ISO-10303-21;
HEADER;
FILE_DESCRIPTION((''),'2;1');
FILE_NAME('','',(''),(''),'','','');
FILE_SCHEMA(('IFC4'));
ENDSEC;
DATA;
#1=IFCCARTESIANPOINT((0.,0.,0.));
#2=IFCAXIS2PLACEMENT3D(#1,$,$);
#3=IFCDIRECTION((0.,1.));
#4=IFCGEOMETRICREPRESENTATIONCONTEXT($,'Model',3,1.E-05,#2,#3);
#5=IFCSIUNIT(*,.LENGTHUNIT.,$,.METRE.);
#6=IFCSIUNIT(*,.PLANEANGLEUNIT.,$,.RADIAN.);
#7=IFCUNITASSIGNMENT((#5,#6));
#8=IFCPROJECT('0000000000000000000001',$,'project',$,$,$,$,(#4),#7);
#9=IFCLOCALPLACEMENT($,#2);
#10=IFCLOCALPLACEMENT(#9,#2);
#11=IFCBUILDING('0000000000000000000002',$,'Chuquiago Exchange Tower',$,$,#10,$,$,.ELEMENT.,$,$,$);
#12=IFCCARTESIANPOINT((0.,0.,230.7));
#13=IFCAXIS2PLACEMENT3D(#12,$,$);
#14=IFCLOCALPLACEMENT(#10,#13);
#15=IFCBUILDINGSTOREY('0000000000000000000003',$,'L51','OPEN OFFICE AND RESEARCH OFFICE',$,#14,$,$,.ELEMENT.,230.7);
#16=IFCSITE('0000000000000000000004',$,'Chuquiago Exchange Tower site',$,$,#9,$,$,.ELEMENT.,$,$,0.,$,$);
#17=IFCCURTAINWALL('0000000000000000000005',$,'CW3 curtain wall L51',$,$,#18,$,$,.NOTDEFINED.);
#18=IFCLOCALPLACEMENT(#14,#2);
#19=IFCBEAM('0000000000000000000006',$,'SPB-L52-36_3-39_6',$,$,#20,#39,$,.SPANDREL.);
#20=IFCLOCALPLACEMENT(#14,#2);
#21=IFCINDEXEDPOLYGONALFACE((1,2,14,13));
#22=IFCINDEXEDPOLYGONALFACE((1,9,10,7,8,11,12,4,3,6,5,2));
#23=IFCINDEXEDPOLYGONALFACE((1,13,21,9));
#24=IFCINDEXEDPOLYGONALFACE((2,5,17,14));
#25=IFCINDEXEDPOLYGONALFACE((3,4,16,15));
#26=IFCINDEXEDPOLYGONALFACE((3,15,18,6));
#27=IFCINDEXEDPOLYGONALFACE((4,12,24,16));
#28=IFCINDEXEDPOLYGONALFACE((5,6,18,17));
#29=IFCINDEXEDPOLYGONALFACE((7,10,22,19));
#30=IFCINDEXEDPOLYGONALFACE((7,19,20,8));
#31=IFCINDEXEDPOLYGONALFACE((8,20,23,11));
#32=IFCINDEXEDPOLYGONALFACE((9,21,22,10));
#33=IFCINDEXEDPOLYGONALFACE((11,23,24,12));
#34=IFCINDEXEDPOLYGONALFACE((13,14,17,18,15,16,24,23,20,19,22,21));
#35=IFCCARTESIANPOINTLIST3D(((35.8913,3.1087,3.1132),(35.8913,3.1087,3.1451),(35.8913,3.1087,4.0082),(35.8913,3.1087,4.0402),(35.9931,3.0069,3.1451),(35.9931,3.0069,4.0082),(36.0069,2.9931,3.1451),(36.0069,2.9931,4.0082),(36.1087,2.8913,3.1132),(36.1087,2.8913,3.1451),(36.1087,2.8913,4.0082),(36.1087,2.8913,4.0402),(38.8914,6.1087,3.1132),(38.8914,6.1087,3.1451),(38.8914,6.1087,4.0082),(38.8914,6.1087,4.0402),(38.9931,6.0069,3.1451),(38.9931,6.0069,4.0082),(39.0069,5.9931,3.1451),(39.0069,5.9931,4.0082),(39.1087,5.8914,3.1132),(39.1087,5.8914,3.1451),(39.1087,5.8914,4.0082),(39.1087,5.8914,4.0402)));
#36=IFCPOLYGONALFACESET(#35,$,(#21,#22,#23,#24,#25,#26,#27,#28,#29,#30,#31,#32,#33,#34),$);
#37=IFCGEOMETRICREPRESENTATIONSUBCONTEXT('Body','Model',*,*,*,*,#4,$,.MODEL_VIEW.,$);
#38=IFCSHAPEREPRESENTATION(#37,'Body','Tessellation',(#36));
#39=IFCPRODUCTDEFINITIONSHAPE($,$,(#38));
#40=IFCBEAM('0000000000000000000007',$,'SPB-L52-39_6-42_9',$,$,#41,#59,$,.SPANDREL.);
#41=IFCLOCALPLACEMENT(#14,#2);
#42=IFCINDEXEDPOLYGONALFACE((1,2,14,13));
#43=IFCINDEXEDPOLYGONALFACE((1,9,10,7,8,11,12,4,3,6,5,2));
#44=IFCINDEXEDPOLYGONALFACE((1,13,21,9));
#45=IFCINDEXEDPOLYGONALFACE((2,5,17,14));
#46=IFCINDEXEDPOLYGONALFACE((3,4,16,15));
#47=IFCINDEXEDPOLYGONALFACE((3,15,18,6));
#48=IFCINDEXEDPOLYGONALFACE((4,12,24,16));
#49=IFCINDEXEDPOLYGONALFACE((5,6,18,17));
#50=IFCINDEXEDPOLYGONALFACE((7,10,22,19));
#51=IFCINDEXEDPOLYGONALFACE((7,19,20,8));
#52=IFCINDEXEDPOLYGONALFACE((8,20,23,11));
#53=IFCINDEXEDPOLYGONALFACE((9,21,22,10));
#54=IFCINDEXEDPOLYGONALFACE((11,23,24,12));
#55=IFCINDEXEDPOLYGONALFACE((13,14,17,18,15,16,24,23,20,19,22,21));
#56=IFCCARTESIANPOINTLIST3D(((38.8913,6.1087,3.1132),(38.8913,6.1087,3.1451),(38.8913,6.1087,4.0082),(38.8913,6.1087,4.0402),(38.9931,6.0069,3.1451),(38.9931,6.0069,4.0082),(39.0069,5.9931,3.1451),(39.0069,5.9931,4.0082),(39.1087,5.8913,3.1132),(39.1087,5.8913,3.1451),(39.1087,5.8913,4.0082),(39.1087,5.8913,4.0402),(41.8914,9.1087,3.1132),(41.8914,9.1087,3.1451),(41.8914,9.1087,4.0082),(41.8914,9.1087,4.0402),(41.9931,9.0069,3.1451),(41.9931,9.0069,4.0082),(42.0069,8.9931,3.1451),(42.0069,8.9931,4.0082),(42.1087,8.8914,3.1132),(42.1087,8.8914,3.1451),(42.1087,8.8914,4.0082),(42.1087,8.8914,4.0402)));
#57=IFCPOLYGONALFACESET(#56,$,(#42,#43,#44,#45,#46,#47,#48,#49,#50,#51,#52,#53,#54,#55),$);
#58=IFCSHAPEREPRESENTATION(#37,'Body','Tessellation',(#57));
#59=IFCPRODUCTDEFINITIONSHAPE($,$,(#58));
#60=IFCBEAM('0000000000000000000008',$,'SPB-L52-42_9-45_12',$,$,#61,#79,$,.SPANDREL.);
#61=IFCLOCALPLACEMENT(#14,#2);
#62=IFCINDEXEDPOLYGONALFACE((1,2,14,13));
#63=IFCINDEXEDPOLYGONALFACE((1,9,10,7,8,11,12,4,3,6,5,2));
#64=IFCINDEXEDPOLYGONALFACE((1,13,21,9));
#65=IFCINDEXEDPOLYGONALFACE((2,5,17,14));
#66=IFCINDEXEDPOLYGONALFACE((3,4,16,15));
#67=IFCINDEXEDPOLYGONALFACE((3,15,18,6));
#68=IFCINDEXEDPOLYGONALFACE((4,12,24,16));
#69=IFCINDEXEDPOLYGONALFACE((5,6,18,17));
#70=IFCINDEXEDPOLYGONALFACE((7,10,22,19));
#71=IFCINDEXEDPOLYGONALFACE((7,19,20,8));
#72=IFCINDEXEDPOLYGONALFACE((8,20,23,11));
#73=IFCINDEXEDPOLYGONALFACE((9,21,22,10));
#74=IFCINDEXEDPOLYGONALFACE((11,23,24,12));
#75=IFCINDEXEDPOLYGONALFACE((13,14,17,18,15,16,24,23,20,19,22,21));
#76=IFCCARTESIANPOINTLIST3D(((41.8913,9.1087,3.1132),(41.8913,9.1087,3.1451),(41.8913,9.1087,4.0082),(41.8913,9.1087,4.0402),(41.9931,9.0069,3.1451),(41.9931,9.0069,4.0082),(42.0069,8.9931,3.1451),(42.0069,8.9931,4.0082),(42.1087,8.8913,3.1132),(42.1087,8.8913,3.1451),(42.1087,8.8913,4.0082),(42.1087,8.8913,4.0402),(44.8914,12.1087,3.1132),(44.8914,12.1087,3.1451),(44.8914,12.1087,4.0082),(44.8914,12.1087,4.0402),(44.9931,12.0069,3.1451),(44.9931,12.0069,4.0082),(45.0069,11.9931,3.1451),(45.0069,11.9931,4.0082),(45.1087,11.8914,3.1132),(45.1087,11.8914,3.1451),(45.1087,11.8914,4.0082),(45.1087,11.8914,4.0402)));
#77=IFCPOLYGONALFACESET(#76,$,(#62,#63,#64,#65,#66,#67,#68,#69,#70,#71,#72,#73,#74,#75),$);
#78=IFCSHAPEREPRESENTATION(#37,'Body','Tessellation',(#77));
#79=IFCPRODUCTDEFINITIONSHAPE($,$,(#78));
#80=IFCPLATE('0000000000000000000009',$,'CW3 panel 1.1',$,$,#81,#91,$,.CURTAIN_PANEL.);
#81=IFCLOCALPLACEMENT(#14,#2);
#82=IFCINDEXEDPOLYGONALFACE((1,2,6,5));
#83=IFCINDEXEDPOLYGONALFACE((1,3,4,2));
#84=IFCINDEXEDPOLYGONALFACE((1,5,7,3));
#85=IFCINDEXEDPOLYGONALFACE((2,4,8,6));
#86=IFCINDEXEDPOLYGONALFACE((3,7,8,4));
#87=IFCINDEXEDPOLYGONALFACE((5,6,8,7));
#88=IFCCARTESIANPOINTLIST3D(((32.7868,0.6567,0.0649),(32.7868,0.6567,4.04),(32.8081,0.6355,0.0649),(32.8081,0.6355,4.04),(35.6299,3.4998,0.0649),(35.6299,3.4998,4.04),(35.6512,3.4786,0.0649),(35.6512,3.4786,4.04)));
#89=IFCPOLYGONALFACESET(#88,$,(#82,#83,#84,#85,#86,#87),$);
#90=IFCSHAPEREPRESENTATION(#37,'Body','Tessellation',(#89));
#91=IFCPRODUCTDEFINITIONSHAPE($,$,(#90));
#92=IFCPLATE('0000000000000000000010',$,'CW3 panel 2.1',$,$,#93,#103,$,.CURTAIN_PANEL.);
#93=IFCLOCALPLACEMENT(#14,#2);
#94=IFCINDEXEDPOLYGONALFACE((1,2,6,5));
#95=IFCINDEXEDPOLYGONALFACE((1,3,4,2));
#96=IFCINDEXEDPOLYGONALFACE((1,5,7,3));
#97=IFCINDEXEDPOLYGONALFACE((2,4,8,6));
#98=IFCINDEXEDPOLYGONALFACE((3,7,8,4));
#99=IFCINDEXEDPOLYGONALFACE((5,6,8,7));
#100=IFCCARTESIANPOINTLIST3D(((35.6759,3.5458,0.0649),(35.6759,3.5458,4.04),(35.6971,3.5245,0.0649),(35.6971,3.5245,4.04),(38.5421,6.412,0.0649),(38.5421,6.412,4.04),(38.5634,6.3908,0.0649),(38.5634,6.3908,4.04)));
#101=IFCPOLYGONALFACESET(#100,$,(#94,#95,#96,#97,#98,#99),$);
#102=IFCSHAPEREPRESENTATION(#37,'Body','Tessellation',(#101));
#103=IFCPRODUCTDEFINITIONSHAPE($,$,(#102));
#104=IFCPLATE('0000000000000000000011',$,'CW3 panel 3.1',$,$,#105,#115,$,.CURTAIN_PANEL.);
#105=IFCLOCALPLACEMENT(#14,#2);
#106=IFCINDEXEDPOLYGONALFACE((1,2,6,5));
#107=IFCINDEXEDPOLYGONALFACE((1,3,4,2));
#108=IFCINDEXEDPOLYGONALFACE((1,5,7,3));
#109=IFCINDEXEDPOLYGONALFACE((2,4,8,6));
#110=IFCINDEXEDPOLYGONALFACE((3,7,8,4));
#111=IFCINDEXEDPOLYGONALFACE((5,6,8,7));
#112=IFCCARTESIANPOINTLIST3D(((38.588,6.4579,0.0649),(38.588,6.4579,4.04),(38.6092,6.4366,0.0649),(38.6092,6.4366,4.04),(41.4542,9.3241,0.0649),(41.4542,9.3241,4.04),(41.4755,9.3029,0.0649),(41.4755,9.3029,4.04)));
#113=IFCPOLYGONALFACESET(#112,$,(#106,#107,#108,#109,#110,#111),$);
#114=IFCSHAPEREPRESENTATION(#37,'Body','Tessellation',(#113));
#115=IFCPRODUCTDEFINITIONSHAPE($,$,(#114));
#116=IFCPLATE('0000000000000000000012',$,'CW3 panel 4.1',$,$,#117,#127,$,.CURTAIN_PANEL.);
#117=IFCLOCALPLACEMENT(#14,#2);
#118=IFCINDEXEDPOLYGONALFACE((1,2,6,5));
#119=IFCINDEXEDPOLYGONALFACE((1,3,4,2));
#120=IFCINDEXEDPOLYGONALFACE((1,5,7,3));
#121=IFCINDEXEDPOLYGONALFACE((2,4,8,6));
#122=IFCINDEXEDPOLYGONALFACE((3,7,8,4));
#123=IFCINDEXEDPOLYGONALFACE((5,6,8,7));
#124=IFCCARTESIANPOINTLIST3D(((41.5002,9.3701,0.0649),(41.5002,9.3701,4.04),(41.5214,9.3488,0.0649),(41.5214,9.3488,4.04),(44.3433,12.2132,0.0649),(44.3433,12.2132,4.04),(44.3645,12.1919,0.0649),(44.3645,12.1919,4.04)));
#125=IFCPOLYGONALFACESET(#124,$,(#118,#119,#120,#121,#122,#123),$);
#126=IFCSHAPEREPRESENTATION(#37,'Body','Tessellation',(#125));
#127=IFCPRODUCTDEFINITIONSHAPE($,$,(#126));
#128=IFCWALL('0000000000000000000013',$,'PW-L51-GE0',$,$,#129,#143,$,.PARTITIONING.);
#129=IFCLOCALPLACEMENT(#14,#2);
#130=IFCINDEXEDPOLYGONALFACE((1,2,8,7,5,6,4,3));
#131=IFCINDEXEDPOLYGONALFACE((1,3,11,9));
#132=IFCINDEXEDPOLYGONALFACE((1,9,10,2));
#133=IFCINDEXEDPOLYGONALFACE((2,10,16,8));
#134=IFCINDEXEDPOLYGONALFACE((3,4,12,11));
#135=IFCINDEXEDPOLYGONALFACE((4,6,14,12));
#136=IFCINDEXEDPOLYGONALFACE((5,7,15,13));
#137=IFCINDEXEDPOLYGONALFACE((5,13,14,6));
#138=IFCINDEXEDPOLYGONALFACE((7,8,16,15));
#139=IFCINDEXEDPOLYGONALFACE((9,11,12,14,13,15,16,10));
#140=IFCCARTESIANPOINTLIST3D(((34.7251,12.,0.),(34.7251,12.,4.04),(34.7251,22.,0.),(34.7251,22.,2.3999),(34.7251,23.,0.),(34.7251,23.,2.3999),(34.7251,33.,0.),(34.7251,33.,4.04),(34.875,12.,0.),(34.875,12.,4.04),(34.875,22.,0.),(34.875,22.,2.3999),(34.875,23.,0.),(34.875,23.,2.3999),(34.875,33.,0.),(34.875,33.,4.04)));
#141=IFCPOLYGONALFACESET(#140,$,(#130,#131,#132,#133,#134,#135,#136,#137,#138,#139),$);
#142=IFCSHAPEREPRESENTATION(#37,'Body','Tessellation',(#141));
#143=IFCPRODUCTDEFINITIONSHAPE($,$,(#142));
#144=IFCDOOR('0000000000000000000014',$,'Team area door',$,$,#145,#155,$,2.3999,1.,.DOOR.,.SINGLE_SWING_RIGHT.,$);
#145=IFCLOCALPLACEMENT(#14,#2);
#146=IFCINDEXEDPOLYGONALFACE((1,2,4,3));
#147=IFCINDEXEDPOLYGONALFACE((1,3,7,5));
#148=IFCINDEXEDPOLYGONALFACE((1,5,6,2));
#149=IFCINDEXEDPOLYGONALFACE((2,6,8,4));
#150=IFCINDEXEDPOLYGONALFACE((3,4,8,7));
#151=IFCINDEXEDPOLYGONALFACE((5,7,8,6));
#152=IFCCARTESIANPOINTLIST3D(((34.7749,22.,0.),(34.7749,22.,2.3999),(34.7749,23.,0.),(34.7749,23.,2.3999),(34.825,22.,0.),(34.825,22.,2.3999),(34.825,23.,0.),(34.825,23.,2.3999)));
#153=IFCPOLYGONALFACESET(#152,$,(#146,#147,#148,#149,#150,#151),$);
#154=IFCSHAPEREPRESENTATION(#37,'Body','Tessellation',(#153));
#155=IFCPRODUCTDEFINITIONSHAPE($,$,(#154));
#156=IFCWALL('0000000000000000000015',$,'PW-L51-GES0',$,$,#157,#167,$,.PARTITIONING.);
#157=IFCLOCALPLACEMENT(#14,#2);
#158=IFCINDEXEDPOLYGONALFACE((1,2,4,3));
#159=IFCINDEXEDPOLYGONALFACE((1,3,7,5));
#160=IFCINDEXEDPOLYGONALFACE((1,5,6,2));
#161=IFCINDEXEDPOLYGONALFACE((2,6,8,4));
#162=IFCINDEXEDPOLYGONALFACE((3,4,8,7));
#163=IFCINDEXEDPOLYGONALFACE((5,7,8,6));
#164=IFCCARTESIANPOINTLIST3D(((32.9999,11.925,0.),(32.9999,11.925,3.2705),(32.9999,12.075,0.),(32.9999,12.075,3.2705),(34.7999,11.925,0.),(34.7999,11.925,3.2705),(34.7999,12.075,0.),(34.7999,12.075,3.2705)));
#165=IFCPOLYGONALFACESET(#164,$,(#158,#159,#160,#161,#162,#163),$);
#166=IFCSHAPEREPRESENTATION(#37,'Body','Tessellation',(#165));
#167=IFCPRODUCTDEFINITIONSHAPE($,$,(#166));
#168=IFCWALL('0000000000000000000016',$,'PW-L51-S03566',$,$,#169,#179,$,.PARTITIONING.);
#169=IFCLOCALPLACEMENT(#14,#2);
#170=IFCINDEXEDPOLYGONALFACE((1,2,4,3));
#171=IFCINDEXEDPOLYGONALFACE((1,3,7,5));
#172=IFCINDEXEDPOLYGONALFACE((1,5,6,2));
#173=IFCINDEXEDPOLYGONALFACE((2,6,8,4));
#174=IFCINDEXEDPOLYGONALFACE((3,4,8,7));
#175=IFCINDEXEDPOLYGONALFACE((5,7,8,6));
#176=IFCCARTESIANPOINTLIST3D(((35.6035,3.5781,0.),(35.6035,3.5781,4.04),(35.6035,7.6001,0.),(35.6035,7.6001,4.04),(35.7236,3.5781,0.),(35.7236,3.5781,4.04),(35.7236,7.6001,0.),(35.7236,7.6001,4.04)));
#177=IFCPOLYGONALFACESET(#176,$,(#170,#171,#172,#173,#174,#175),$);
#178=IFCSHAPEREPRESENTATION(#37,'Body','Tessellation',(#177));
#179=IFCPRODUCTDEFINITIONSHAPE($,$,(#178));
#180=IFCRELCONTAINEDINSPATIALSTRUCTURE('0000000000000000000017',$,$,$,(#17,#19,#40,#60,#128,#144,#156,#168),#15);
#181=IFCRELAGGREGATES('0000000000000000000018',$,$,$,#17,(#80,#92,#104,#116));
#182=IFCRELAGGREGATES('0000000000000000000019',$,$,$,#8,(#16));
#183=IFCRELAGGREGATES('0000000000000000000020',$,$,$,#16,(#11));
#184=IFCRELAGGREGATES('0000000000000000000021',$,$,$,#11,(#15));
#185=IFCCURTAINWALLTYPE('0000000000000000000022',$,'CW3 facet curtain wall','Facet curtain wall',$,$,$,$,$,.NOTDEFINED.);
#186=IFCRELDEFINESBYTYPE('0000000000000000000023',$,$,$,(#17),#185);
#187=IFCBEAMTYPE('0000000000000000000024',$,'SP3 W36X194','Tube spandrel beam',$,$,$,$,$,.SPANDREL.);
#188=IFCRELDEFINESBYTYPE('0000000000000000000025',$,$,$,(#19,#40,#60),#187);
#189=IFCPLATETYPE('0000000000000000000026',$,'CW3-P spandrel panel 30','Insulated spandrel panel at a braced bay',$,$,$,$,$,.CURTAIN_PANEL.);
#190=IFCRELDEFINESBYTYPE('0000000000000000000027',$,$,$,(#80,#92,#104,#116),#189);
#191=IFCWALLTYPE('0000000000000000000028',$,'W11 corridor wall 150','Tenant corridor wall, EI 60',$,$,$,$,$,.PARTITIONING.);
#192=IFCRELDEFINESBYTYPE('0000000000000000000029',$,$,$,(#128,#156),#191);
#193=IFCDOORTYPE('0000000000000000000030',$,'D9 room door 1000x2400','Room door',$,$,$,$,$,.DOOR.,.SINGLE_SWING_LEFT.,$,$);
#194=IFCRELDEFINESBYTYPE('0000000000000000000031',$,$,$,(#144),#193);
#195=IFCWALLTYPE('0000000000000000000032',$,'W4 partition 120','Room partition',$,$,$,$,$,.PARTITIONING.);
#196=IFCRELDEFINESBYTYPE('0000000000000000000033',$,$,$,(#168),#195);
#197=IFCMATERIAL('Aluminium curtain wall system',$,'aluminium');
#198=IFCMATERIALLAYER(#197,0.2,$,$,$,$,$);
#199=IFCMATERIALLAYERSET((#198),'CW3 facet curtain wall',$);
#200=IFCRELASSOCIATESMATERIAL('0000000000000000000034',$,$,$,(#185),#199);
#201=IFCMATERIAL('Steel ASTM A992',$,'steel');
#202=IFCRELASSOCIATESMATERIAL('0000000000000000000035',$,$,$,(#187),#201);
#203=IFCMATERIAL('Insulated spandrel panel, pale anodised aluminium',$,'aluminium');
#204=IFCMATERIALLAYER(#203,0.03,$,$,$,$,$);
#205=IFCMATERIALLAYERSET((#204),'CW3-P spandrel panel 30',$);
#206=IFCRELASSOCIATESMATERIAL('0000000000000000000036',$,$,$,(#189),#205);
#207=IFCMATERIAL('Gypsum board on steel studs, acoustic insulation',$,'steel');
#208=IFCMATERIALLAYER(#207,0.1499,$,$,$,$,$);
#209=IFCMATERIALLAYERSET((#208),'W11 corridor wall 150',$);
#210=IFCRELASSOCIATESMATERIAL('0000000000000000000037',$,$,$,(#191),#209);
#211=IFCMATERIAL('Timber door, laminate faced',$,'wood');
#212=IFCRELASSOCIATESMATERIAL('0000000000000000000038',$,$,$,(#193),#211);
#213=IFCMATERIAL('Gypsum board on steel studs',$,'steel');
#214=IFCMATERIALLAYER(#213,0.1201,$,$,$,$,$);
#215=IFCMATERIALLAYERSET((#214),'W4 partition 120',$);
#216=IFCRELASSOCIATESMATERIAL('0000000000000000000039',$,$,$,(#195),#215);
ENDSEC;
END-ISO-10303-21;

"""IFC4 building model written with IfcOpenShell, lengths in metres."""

from ifc_helpers import new_model, si_unit, direction, frame, frame_2d, origin, origin_2d, place, context, subcontext, project, spatial, rectangle, i_section, extrude, material, layer, layer_set, material_profile, profile_set, type_object, element, fill, aggregate, save


model = new_model("IFC4")

# Units and contexts
model_context = context("Model", 3, precision=1e-05, world=origin(), true_north=direction((0.0, 1.0)))
body_context = subcontext(model_context, "Body", "Model", "MODEL_VIEW")
ifc_project = project(units=[si_unit("LENGTHUNIT", "METRE"), si_unit("PLANEANGLEUNIT", "RADIAN")], contexts=[model_context])

# Site, building, storey
site_placement = place(None, origin())
site = spatial("IfcSite", under=ifc_project, at=site_placement, Name="Chuquiago Exchange Tower site", CompositionType="ELEMENT", RefElevation=0.0)
building_placement = place(site_placement, origin())
building = spatial("IfcBuilding", under=site, at=building_placement, Name="Chuquiago Exchange Tower", CompositionType="ELEMENT")
storey_placement = place(building_placement, frame((0.0, 0.0, 230.7)))
storey = spatial("IfcBuildingStorey", under=building, at=storey_placement, Name="L51", Description="OPEN OFFICE AND RESEARCH OFFICE", CompositionType="ELEMENT", Elevation=230.7)

# Curtain wall
ifc_material_1 = material(Name="Aluminium curtain wall system", Category="aluminium")
ifc_layer_1 = layer(ifc_material_1, 0.2)
ifc_layer_set_1 = layer_set([ifc_layer_1], Name="CW3 facet curtain wall")
curtain_wall_type = type_object("IfcCurtainWallType", Name="CW3 facet curtain wall", Description="Facet curtain wall", PredefinedType="NOTDEFINED", material=ifc_layer_set_1)
curtain_wall_placement = place(storey_placement, origin())
curtain_wall = element("IfcCurtainWall", 1, at=curtain_wall_placement, inside=storey, type_object=curtain_wall_type, Name="CW3 curtain wall L51", PredefinedType="NOTDEFINED")

# Beams
ifc_material_2 = material(Name="Steel ASTM A992", Category="steel")
ifc_material_profile_1 = material_profile(ifc_material_2, i_section(OverallWidth=0.3074, OverallDepth=0.927, WebThickness=0.0195, FlangeThickness=0.032, at=origin_2d()), Name="W36X194")
ifc_profile_set_1 = profile_set([ifc_material_profile_1], Name="Steel ASTM A992")
beam_type_1 = type_object("IfcBeamType", Name="SP3 W36X194", Description="Tube spandrel beam", PredefinedType="SPANDREL", material=ifc_profile_set_1)
for number, where, z_axis, x_axis, name in (
    (2, (36.0, 3.0, 3.5767), (0.707107, 0.707107, 0.0), (-0.707107, 0.707107, 0.0), "SPB-L52-36_3-39_6"),
    (3, (39.0, 6.0, 3.5767), (0.707107, 0.707107, 0.0), (-0.707107, 0.707107, 0.0), "SPB-L52-39_6-42_9"),
    (4, (42.0, 9.0, 3.5767), (0.707107, 0.707107, 0.0), (-0.707107, 0.707107, 0.0), "SPB-L52-42_9-45_12"),
):
    element("IfcBeam", number, at=place(storey_placement, frame(where, z_axis=z_axis, x_axis=x_axis)), inside=storey, type_object=beam_type_1, Name=name, PredefinedType="SPANDREL", context=body_context, shape_type="SweptSolid", body=[
        extrude(i_section(OverallWidth=0.3074, OverallDepth=0.927, WebThickness=0.0195, FlangeThickness=0.032, at=origin_2d()), origin(), (0.0, 0.0, 1.0), 4.2427),
    ])

# Plates
ifc_material_3 = material(Name="Insulated spandrel panel, pale anodised aluminium", Category="aluminium")
ifc_layer_2 = layer(ifc_material_3, 0.03)
ifc_layer_set_2 = layer_set([ifc_layer_2], Name="CW3-P spandrel panel 30")
plate_type = type_object("IfcPlateType", Name="CW3-P spandrel panel 30", Description="Insulated spandrel panel at a braced bay", PredefinedType="CURTAIN_PANEL", material=ifc_layer_set_2)
plate_1_placement = place(storey_placement, frame((34.219, 2.0676, 0.0649), z_axis=(0.0, 0.0, 1.0), x_axis=(0.707107, 0.707107, 0.0)))
plate_1 = element("IfcPlate", 5, at=plate_1_placement, type_object=plate_type, Name="CW3 panel 1.1", PredefinedType="CURTAIN_PANEL", context=body_context, shape_type="SweptSolid", body=[
    extrude(rectangle(XDim=4.0208, YDim=0.03, at=origin_2d()), origin(), (0.0, 0.0, 1.0), 3.9751),
])
plate_2_placement = place(storey_placement, frame((37.1196, 4.9683, 0.0649), z_axis=(0.0, 0.0, 1.0), x_axis=(0.707107, 0.707107, 0.0)))
plate_2 = element("IfcPlate", 6, at=plate_2_placement, type_object=plate_type, Name="CW3 panel 2.1", PredefinedType="CURTAIN_PANEL", context=body_context, shape_type="SweptSolid", body=[
    extrude(rectangle(XDim=4.0535, YDim=0.03, at=origin_2d()), origin(), (0.0, 0.0, 1.0), 3.9751),
])
plate_3_placement = place(storey_placement, frame((40.0317, 7.8804, 0.0649), z_axis=(0.0, 0.0, 1.0), x_axis=(0.707107, 0.707107, 0.0)))
plate_3 = element("IfcPlate", 7, at=plate_3_placement, type_object=plate_type, Name="CW3 panel 3.1", PredefinedType="CURTAIN_PANEL", context=body_context, shape_type="SweptSolid", body=[
    extrude(rectangle(XDim=4.0535, YDim=0.03, at=origin_2d()), origin(), (0.0, 0.0, 1.0), 3.9751),
])
plate_4_placement = place(storey_placement, frame((42.9324, 10.781, 0.0649), z_axis=(0.0, 0.0, 1.0), x_axis=(0.707107, 0.707107, 0.0)))
plate_4 = element("IfcPlate", 8, at=plate_4_placement, type_object=plate_type, Name="CW3 panel 4.1", PredefinedType="CURTAIN_PANEL", context=body_context, shape_type="SweptSolid", body=[
    extrude(rectangle(XDim=4.0208, YDim=0.03, at=origin_2d()), origin(), (0.0, 0.0, 1.0), 3.9751),
])
aggregate(curtain_wall, [plate_1, plate_2, plate_3, plate_4])

# Wall, opening, door
ifc_material_4 = material(Name="Gypsum board on steel studs, acoustic insulation", Category="steel")
ifc_layer_3 = layer(ifc_material_4, 0.1499)
ifc_layer_set_3 = layer_set([ifc_layer_3], Name="W11 corridor wall 150")
wall_type_1 = type_object("IfcWallType", Name="W11 corridor wall 150", Description="Tenant corridor wall, EI 60", PredefinedType="PARTITIONING", material=ifc_layer_set_3)
wall_1_placement = place(storey_placement, frame((34.8, 12.0, 0.0), z_axis=(0.0, 0.0, 1.0), x_axis=(0.0, 1.0, 0.0)))
wall_1 = element("IfcWall", 9, at=wall_1_placement, inside=storey, type_object=wall_type_1, Name="PW-L51-GE0", PredefinedType="PARTITIONING", context=body_context, shape_type="SweptSolid", body=[
    extrude(rectangle(XDim=21.0, YDim=0.1499, at=frame_2d((10.5, 0.0))), origin(), (0.0, 0.0, 1.0), 4.04),
])
opening_1_placement = place(wall_1_placement, frame((10.0, 0.0, 0.0)))
opening_1 = element("IfcOpeningElement", 10, at=opening_1_placement, cuts=wall_1, PredefinedType="OPENING", context=body_context, shape_type="SweptSolid", body=[
    extrude(rectangle(XDim=1.0, YDim=2.3999, at=frame_2d((0.5, 1.2))), frame((0.0, 0.085, 0.0), z_axis=(0.0, -1.0, 0.0), x_axis=(1.0, 0.0, 0.0)), (0.0, 0.0, 1.0), 0.1699),
])
ifc_material_5 = material(Name="Timber door, laminate faced", Category="wood")
door_type = type_object("IfcDoorType", Name="D9 room door 1000x2400", Description="Room door", OperationType="SINGLE_SWING_LEFT", PredefinedType="DOOR", material=ifc_material_5)
door_1_placement = place(opening_1_placement, frame((1.0, 0.0, 0.0), z_axis=(0.0, 0.0, 1.0), x_axis=(-1.0, 0.0, 0.0)))
door_1 = element("IfcDoor", 11, at=door_1_placement, inside=storey, type_object=door_type, Name="Team area door", OperationType="SINGLE_SWING_RIGHT", OverallHeight=2.3999, OverallWidth=1.0, PredefinedType="DOOR", context=body_context, shape_type="SweptSolid", body=[
    extrude(rectangle(XDim=1.0, YDim=2.3999, at=frame_2d((0.5, 1.2))), frame((0.0, 0.0249, 0.0), z_axis=(0.0, -1.0, 0.0), x_axis=(1.0, 0.0, 0.0)), (0.0, 0.0, 1.0), 0.05),
])
fill(opening_1, door_1)

# Walls
wall_2_placement = place(storey_placement, frame((33.0, 12.0, 0.0), z_axis=(0.0, 0.0, 1.0), x_axis=(1.0, 0.0, 0.0)))
element("IfcWall", 12, at=wall_2_placement, inside=storey, type_object=wall_type_1, Name="PW-L51-GES0", PredefinedType="PARTITIONING", context=body_context, shape_type="SweptSolid", body=[
    extrude(rectangle(XDim=1.8, YDim=0.1499, at=frame_2d((0.8999, 0.0))), origin(), (0.0, 0.0, 1.0), 3.2705),
])
ifc_material_6 = material(Name="Gypsum board on steel studs", Category="steel")
ifc_layer_4 = layer(ifc_material_6, 0.1201)
ifc_layer_set_4 = layer_set([ifc_layer_4], Name="W4 partition 120")
wall_type_2 = type_object("IfcWallType", Name="W4 partition 120", Description="Room partition", PredefinedType="PARTITIONING", material=ifc_layer_set_4)
wall_3_placement = place(storey_placement, frame((35.6636, 3.5781, 0.0), z_axis=(0.0, 0.0, 1.0), x_axis=(0.0, 1.0, 0.0)))
element("IfcWall", 13, at=wall_3_placement, inside=storey, type_object=wall_type_2, Name="PW-L51-S03566", PredefinedType="PARTITIONING", context=body_context, shape_type="SweptSolid", body=[
    extrude(rectangle(XDim=4.022, YDim=0.1201, at=frame_2d((2.011, 0.0))), origin(), (0.0, 0.0, 1.0), 4.04),
])

save(model, "model.ifc")
